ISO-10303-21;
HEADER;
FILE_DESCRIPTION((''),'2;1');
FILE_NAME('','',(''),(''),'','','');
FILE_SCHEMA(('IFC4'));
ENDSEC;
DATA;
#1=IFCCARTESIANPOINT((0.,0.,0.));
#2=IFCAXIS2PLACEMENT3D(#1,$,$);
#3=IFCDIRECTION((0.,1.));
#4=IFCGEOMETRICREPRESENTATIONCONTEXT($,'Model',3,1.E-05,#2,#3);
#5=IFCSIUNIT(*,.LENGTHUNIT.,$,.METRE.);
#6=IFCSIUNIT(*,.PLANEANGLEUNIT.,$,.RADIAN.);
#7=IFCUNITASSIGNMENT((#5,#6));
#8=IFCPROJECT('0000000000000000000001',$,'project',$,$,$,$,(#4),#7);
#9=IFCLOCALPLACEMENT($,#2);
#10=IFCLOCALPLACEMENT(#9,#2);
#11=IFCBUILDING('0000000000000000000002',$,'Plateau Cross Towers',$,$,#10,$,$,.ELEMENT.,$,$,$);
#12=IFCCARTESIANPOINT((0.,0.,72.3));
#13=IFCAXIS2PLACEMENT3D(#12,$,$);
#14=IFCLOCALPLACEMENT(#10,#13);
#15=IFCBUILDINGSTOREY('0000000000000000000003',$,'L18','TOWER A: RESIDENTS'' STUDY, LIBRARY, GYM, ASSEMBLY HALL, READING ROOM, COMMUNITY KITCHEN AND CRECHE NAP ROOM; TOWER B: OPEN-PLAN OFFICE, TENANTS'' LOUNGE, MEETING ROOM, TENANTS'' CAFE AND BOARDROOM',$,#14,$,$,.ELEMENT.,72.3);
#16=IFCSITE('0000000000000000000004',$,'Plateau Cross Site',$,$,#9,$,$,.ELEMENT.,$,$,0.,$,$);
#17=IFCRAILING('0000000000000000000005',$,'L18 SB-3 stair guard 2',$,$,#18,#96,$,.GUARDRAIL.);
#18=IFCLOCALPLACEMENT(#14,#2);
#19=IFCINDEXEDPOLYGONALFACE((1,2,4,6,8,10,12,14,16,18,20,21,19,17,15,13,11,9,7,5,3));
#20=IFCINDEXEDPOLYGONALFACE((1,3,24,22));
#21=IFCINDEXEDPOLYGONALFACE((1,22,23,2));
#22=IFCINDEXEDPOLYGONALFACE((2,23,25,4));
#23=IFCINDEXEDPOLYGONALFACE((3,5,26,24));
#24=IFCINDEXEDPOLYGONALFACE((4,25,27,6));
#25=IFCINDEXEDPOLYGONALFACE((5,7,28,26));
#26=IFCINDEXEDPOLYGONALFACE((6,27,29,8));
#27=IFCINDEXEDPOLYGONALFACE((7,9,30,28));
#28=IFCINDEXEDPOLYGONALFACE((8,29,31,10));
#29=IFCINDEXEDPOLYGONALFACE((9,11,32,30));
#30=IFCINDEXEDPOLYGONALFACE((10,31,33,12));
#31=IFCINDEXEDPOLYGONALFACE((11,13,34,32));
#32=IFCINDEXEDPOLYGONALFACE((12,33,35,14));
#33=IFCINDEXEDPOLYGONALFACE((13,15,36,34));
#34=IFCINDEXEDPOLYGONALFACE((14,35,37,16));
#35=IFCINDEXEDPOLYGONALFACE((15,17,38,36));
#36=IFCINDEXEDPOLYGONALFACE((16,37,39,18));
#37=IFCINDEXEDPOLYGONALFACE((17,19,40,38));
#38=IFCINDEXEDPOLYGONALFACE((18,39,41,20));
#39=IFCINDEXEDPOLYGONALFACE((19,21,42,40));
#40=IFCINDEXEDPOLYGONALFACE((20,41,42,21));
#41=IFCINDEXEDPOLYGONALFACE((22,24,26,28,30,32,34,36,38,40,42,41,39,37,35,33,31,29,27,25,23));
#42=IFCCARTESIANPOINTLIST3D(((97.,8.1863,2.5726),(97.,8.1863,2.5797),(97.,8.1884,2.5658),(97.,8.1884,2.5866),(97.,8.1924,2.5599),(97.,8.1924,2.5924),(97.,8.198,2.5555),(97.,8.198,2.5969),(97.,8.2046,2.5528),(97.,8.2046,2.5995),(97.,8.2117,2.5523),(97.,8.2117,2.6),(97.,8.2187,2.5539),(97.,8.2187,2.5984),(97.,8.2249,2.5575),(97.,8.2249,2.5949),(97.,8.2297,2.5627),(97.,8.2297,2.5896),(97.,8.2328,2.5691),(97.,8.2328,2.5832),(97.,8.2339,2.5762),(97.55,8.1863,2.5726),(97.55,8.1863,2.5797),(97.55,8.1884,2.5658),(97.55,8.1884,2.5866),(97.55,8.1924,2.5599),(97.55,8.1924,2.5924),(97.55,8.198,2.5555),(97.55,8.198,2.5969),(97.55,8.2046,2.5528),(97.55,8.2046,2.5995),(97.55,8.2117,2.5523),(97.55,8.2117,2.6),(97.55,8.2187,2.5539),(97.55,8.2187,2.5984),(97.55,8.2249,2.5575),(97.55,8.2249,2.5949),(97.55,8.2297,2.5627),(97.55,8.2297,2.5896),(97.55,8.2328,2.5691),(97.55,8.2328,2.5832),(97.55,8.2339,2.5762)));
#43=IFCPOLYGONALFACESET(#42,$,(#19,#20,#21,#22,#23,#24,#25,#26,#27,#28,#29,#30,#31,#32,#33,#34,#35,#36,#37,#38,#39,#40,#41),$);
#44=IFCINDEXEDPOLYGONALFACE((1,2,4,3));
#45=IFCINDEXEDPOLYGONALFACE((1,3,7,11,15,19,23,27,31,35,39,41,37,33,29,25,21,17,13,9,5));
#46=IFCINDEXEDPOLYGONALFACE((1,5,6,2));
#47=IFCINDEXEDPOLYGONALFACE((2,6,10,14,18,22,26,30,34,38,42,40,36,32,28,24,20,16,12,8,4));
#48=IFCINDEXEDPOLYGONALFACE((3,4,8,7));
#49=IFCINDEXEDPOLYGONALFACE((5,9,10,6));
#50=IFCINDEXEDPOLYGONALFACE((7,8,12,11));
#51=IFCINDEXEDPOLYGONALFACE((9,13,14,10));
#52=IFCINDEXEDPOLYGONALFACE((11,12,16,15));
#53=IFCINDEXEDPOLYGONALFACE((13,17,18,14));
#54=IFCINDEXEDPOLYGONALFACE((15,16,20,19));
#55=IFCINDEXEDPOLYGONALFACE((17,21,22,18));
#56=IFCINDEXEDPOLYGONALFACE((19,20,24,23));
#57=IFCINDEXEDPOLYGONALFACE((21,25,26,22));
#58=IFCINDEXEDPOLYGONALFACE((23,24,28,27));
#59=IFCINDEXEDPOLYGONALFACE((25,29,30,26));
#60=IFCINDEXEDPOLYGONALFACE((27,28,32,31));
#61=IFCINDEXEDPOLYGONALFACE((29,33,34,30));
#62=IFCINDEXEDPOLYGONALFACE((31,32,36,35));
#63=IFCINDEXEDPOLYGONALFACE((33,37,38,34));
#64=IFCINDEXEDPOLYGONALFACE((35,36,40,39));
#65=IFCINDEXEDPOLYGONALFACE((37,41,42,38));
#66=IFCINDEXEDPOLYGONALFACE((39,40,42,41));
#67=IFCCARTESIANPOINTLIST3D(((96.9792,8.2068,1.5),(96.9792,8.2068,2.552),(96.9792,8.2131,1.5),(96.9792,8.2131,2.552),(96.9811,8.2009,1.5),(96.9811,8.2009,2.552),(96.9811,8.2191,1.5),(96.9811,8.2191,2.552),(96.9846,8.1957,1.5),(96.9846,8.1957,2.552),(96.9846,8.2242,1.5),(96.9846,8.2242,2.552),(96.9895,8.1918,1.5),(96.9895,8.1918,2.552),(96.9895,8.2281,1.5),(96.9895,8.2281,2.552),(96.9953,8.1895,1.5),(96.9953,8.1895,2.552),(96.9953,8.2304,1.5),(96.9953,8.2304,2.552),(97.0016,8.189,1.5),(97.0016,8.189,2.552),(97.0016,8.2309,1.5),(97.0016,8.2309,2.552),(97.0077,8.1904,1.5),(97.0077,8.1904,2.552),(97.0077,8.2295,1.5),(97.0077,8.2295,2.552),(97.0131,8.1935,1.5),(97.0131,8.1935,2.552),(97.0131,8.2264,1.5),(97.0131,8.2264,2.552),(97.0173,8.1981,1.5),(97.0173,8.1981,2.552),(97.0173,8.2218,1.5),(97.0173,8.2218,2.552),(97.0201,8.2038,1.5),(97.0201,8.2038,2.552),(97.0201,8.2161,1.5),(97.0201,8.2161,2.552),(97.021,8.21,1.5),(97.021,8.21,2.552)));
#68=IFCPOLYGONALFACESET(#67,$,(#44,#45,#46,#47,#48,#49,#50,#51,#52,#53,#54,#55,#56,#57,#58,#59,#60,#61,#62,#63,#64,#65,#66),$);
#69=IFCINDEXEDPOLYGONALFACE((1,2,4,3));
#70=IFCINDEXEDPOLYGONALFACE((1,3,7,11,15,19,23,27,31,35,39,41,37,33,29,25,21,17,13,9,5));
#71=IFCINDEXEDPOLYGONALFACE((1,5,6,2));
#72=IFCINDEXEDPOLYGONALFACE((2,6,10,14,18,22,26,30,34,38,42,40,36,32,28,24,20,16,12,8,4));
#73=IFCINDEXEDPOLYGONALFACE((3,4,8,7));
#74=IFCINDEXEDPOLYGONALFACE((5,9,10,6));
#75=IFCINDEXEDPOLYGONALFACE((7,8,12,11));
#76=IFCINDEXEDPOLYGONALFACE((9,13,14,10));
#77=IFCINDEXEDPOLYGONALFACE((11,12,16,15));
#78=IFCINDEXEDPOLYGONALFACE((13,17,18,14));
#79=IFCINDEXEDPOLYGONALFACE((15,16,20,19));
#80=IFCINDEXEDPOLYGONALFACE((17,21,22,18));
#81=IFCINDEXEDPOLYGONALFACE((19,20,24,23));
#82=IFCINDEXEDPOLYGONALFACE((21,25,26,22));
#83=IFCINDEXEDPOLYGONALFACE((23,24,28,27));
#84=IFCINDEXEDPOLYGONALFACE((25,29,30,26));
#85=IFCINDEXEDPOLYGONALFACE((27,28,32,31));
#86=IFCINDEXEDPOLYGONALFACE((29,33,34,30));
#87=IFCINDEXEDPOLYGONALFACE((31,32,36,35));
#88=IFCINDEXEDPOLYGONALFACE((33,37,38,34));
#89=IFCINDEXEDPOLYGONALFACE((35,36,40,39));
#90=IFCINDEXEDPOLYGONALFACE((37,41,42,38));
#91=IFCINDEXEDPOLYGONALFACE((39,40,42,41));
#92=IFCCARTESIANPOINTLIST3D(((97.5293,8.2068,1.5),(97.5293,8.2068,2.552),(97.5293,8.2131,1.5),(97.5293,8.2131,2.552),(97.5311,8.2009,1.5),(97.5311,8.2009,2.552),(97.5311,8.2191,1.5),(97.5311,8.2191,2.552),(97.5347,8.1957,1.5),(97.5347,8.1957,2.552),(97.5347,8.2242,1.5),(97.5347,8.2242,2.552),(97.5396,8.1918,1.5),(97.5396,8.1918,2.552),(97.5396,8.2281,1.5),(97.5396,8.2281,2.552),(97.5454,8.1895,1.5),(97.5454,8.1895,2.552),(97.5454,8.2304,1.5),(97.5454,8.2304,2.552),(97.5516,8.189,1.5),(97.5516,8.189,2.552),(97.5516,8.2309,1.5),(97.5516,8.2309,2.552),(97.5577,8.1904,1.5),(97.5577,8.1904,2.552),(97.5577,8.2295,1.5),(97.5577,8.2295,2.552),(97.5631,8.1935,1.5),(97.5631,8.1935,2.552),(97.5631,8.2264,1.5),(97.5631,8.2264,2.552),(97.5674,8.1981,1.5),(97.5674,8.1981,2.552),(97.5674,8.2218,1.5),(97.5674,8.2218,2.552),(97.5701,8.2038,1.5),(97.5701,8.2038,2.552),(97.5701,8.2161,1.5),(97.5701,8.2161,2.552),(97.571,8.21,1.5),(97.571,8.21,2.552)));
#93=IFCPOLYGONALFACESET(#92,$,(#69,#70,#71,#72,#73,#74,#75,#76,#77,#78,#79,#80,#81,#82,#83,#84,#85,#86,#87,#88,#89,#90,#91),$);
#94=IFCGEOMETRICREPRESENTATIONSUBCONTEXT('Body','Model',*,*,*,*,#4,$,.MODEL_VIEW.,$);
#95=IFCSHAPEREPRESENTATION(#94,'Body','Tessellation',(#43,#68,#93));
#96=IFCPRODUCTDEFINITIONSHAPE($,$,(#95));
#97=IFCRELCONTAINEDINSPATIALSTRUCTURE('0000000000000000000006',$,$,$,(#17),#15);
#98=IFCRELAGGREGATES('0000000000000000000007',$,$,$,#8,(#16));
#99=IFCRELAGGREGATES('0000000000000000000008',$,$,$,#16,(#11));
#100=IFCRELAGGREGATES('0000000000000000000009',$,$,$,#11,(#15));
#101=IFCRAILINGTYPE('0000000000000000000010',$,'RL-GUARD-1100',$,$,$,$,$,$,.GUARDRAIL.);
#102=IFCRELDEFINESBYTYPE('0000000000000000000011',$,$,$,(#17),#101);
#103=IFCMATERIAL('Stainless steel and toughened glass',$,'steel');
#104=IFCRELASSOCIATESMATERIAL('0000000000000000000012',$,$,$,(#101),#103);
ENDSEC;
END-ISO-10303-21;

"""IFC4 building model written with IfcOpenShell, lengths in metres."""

from ifc_helpers import new_model, si_unit, direction, frame, origin, origin_2d, place, context, subcontext, project, spatial, circle, extrude, material, type_object, element, save


model = new_model("IFC4")

# Units and contexts
model_context = context("Model", 3, precision=1e-05, world=origin(), true_north=direction((0.0, 1.0)))
body_context = subcontext(model_context, "Body", "Model", "MODEL_VIEW")
ifc_project = project(units=[si_unit("LENGTHUNIT", "METRE"), si_unit("PLANEANGLEUNIT", "RADIAN")], contexts=[model_context])

# Site, building, storey
site_placement = place(None, origin())
site = spatial("IfcSite", under=ifc_project, at=site_placement, Name="Plateau Cross Site", CompositionType="ELEMENT", RefElevation=0.0)
building_placement = place(site_placement, origin())
building = spatial("IfcBuilding", under=site, at=building_placement, Name="Plateau Cross Towers", CompositionType="ELEMENT")
storey_placement = place(building_placement, frame((0.0, 0.0, 72.3)))
storey = spatial("IfcBuildingStorey", under=building, at=storey_placement, Name="L18", Description="TOWER A: RESIDENTS' STUDY, LIBRARY, GYM, ASSEMBLY HALL, READING ROOM, COMMUNITY KITCHEN AND CRECHE NAP ROOM; TOWER B: OPEN-PLAN OFFICE, TENANTS' LOUNGE, MEETING ROOM, TENANTS' CAFE AND BOARDROOM", CompositionType="ELEMENT", Elevation=72.3)

# Railing
ifc_material_1 = material(Name="Stainless steel and toughened glass", Category="steel")
railing_type_1 = type_object("IfcRailingType", Name="RL-GUARD-1100", PredefinedType="GUARDRAIL", material=ifc_material_1)
railing_1_placement = place(storey_placement, frame((97.0, 8.21, 1.5)))
element("IfcRailing", 1, at=railing_1_placement, inside=storey, type_object=railing_type_1, Name="L18 SB-3 stair guard 2", PredefinedType="GUARDRAIL", context=body_context, shape_type="SweptSolid", body=[
    extrude(circle(Radius=0.0239, at=origin_2d()), frame((0.0, 0.0, 1.0762), z_axis=(1.0, 0.0, 0.0), x_axis=(0.0, 1.0, 0.0)), (0.0, 0.0, 1.0), 0.55),
    extrude(circle(Radius=0.021, at=origin_2d()), origin(), (0.0, 0.0, 1.0), 1.052),
    extrude(circle(Radius=0.021, at=origin_2d()), frame((0.55, 0.0, 0.0)), (0.0, 0.0, 1.0), 1.052),
])

save(model, "model.ifc")
